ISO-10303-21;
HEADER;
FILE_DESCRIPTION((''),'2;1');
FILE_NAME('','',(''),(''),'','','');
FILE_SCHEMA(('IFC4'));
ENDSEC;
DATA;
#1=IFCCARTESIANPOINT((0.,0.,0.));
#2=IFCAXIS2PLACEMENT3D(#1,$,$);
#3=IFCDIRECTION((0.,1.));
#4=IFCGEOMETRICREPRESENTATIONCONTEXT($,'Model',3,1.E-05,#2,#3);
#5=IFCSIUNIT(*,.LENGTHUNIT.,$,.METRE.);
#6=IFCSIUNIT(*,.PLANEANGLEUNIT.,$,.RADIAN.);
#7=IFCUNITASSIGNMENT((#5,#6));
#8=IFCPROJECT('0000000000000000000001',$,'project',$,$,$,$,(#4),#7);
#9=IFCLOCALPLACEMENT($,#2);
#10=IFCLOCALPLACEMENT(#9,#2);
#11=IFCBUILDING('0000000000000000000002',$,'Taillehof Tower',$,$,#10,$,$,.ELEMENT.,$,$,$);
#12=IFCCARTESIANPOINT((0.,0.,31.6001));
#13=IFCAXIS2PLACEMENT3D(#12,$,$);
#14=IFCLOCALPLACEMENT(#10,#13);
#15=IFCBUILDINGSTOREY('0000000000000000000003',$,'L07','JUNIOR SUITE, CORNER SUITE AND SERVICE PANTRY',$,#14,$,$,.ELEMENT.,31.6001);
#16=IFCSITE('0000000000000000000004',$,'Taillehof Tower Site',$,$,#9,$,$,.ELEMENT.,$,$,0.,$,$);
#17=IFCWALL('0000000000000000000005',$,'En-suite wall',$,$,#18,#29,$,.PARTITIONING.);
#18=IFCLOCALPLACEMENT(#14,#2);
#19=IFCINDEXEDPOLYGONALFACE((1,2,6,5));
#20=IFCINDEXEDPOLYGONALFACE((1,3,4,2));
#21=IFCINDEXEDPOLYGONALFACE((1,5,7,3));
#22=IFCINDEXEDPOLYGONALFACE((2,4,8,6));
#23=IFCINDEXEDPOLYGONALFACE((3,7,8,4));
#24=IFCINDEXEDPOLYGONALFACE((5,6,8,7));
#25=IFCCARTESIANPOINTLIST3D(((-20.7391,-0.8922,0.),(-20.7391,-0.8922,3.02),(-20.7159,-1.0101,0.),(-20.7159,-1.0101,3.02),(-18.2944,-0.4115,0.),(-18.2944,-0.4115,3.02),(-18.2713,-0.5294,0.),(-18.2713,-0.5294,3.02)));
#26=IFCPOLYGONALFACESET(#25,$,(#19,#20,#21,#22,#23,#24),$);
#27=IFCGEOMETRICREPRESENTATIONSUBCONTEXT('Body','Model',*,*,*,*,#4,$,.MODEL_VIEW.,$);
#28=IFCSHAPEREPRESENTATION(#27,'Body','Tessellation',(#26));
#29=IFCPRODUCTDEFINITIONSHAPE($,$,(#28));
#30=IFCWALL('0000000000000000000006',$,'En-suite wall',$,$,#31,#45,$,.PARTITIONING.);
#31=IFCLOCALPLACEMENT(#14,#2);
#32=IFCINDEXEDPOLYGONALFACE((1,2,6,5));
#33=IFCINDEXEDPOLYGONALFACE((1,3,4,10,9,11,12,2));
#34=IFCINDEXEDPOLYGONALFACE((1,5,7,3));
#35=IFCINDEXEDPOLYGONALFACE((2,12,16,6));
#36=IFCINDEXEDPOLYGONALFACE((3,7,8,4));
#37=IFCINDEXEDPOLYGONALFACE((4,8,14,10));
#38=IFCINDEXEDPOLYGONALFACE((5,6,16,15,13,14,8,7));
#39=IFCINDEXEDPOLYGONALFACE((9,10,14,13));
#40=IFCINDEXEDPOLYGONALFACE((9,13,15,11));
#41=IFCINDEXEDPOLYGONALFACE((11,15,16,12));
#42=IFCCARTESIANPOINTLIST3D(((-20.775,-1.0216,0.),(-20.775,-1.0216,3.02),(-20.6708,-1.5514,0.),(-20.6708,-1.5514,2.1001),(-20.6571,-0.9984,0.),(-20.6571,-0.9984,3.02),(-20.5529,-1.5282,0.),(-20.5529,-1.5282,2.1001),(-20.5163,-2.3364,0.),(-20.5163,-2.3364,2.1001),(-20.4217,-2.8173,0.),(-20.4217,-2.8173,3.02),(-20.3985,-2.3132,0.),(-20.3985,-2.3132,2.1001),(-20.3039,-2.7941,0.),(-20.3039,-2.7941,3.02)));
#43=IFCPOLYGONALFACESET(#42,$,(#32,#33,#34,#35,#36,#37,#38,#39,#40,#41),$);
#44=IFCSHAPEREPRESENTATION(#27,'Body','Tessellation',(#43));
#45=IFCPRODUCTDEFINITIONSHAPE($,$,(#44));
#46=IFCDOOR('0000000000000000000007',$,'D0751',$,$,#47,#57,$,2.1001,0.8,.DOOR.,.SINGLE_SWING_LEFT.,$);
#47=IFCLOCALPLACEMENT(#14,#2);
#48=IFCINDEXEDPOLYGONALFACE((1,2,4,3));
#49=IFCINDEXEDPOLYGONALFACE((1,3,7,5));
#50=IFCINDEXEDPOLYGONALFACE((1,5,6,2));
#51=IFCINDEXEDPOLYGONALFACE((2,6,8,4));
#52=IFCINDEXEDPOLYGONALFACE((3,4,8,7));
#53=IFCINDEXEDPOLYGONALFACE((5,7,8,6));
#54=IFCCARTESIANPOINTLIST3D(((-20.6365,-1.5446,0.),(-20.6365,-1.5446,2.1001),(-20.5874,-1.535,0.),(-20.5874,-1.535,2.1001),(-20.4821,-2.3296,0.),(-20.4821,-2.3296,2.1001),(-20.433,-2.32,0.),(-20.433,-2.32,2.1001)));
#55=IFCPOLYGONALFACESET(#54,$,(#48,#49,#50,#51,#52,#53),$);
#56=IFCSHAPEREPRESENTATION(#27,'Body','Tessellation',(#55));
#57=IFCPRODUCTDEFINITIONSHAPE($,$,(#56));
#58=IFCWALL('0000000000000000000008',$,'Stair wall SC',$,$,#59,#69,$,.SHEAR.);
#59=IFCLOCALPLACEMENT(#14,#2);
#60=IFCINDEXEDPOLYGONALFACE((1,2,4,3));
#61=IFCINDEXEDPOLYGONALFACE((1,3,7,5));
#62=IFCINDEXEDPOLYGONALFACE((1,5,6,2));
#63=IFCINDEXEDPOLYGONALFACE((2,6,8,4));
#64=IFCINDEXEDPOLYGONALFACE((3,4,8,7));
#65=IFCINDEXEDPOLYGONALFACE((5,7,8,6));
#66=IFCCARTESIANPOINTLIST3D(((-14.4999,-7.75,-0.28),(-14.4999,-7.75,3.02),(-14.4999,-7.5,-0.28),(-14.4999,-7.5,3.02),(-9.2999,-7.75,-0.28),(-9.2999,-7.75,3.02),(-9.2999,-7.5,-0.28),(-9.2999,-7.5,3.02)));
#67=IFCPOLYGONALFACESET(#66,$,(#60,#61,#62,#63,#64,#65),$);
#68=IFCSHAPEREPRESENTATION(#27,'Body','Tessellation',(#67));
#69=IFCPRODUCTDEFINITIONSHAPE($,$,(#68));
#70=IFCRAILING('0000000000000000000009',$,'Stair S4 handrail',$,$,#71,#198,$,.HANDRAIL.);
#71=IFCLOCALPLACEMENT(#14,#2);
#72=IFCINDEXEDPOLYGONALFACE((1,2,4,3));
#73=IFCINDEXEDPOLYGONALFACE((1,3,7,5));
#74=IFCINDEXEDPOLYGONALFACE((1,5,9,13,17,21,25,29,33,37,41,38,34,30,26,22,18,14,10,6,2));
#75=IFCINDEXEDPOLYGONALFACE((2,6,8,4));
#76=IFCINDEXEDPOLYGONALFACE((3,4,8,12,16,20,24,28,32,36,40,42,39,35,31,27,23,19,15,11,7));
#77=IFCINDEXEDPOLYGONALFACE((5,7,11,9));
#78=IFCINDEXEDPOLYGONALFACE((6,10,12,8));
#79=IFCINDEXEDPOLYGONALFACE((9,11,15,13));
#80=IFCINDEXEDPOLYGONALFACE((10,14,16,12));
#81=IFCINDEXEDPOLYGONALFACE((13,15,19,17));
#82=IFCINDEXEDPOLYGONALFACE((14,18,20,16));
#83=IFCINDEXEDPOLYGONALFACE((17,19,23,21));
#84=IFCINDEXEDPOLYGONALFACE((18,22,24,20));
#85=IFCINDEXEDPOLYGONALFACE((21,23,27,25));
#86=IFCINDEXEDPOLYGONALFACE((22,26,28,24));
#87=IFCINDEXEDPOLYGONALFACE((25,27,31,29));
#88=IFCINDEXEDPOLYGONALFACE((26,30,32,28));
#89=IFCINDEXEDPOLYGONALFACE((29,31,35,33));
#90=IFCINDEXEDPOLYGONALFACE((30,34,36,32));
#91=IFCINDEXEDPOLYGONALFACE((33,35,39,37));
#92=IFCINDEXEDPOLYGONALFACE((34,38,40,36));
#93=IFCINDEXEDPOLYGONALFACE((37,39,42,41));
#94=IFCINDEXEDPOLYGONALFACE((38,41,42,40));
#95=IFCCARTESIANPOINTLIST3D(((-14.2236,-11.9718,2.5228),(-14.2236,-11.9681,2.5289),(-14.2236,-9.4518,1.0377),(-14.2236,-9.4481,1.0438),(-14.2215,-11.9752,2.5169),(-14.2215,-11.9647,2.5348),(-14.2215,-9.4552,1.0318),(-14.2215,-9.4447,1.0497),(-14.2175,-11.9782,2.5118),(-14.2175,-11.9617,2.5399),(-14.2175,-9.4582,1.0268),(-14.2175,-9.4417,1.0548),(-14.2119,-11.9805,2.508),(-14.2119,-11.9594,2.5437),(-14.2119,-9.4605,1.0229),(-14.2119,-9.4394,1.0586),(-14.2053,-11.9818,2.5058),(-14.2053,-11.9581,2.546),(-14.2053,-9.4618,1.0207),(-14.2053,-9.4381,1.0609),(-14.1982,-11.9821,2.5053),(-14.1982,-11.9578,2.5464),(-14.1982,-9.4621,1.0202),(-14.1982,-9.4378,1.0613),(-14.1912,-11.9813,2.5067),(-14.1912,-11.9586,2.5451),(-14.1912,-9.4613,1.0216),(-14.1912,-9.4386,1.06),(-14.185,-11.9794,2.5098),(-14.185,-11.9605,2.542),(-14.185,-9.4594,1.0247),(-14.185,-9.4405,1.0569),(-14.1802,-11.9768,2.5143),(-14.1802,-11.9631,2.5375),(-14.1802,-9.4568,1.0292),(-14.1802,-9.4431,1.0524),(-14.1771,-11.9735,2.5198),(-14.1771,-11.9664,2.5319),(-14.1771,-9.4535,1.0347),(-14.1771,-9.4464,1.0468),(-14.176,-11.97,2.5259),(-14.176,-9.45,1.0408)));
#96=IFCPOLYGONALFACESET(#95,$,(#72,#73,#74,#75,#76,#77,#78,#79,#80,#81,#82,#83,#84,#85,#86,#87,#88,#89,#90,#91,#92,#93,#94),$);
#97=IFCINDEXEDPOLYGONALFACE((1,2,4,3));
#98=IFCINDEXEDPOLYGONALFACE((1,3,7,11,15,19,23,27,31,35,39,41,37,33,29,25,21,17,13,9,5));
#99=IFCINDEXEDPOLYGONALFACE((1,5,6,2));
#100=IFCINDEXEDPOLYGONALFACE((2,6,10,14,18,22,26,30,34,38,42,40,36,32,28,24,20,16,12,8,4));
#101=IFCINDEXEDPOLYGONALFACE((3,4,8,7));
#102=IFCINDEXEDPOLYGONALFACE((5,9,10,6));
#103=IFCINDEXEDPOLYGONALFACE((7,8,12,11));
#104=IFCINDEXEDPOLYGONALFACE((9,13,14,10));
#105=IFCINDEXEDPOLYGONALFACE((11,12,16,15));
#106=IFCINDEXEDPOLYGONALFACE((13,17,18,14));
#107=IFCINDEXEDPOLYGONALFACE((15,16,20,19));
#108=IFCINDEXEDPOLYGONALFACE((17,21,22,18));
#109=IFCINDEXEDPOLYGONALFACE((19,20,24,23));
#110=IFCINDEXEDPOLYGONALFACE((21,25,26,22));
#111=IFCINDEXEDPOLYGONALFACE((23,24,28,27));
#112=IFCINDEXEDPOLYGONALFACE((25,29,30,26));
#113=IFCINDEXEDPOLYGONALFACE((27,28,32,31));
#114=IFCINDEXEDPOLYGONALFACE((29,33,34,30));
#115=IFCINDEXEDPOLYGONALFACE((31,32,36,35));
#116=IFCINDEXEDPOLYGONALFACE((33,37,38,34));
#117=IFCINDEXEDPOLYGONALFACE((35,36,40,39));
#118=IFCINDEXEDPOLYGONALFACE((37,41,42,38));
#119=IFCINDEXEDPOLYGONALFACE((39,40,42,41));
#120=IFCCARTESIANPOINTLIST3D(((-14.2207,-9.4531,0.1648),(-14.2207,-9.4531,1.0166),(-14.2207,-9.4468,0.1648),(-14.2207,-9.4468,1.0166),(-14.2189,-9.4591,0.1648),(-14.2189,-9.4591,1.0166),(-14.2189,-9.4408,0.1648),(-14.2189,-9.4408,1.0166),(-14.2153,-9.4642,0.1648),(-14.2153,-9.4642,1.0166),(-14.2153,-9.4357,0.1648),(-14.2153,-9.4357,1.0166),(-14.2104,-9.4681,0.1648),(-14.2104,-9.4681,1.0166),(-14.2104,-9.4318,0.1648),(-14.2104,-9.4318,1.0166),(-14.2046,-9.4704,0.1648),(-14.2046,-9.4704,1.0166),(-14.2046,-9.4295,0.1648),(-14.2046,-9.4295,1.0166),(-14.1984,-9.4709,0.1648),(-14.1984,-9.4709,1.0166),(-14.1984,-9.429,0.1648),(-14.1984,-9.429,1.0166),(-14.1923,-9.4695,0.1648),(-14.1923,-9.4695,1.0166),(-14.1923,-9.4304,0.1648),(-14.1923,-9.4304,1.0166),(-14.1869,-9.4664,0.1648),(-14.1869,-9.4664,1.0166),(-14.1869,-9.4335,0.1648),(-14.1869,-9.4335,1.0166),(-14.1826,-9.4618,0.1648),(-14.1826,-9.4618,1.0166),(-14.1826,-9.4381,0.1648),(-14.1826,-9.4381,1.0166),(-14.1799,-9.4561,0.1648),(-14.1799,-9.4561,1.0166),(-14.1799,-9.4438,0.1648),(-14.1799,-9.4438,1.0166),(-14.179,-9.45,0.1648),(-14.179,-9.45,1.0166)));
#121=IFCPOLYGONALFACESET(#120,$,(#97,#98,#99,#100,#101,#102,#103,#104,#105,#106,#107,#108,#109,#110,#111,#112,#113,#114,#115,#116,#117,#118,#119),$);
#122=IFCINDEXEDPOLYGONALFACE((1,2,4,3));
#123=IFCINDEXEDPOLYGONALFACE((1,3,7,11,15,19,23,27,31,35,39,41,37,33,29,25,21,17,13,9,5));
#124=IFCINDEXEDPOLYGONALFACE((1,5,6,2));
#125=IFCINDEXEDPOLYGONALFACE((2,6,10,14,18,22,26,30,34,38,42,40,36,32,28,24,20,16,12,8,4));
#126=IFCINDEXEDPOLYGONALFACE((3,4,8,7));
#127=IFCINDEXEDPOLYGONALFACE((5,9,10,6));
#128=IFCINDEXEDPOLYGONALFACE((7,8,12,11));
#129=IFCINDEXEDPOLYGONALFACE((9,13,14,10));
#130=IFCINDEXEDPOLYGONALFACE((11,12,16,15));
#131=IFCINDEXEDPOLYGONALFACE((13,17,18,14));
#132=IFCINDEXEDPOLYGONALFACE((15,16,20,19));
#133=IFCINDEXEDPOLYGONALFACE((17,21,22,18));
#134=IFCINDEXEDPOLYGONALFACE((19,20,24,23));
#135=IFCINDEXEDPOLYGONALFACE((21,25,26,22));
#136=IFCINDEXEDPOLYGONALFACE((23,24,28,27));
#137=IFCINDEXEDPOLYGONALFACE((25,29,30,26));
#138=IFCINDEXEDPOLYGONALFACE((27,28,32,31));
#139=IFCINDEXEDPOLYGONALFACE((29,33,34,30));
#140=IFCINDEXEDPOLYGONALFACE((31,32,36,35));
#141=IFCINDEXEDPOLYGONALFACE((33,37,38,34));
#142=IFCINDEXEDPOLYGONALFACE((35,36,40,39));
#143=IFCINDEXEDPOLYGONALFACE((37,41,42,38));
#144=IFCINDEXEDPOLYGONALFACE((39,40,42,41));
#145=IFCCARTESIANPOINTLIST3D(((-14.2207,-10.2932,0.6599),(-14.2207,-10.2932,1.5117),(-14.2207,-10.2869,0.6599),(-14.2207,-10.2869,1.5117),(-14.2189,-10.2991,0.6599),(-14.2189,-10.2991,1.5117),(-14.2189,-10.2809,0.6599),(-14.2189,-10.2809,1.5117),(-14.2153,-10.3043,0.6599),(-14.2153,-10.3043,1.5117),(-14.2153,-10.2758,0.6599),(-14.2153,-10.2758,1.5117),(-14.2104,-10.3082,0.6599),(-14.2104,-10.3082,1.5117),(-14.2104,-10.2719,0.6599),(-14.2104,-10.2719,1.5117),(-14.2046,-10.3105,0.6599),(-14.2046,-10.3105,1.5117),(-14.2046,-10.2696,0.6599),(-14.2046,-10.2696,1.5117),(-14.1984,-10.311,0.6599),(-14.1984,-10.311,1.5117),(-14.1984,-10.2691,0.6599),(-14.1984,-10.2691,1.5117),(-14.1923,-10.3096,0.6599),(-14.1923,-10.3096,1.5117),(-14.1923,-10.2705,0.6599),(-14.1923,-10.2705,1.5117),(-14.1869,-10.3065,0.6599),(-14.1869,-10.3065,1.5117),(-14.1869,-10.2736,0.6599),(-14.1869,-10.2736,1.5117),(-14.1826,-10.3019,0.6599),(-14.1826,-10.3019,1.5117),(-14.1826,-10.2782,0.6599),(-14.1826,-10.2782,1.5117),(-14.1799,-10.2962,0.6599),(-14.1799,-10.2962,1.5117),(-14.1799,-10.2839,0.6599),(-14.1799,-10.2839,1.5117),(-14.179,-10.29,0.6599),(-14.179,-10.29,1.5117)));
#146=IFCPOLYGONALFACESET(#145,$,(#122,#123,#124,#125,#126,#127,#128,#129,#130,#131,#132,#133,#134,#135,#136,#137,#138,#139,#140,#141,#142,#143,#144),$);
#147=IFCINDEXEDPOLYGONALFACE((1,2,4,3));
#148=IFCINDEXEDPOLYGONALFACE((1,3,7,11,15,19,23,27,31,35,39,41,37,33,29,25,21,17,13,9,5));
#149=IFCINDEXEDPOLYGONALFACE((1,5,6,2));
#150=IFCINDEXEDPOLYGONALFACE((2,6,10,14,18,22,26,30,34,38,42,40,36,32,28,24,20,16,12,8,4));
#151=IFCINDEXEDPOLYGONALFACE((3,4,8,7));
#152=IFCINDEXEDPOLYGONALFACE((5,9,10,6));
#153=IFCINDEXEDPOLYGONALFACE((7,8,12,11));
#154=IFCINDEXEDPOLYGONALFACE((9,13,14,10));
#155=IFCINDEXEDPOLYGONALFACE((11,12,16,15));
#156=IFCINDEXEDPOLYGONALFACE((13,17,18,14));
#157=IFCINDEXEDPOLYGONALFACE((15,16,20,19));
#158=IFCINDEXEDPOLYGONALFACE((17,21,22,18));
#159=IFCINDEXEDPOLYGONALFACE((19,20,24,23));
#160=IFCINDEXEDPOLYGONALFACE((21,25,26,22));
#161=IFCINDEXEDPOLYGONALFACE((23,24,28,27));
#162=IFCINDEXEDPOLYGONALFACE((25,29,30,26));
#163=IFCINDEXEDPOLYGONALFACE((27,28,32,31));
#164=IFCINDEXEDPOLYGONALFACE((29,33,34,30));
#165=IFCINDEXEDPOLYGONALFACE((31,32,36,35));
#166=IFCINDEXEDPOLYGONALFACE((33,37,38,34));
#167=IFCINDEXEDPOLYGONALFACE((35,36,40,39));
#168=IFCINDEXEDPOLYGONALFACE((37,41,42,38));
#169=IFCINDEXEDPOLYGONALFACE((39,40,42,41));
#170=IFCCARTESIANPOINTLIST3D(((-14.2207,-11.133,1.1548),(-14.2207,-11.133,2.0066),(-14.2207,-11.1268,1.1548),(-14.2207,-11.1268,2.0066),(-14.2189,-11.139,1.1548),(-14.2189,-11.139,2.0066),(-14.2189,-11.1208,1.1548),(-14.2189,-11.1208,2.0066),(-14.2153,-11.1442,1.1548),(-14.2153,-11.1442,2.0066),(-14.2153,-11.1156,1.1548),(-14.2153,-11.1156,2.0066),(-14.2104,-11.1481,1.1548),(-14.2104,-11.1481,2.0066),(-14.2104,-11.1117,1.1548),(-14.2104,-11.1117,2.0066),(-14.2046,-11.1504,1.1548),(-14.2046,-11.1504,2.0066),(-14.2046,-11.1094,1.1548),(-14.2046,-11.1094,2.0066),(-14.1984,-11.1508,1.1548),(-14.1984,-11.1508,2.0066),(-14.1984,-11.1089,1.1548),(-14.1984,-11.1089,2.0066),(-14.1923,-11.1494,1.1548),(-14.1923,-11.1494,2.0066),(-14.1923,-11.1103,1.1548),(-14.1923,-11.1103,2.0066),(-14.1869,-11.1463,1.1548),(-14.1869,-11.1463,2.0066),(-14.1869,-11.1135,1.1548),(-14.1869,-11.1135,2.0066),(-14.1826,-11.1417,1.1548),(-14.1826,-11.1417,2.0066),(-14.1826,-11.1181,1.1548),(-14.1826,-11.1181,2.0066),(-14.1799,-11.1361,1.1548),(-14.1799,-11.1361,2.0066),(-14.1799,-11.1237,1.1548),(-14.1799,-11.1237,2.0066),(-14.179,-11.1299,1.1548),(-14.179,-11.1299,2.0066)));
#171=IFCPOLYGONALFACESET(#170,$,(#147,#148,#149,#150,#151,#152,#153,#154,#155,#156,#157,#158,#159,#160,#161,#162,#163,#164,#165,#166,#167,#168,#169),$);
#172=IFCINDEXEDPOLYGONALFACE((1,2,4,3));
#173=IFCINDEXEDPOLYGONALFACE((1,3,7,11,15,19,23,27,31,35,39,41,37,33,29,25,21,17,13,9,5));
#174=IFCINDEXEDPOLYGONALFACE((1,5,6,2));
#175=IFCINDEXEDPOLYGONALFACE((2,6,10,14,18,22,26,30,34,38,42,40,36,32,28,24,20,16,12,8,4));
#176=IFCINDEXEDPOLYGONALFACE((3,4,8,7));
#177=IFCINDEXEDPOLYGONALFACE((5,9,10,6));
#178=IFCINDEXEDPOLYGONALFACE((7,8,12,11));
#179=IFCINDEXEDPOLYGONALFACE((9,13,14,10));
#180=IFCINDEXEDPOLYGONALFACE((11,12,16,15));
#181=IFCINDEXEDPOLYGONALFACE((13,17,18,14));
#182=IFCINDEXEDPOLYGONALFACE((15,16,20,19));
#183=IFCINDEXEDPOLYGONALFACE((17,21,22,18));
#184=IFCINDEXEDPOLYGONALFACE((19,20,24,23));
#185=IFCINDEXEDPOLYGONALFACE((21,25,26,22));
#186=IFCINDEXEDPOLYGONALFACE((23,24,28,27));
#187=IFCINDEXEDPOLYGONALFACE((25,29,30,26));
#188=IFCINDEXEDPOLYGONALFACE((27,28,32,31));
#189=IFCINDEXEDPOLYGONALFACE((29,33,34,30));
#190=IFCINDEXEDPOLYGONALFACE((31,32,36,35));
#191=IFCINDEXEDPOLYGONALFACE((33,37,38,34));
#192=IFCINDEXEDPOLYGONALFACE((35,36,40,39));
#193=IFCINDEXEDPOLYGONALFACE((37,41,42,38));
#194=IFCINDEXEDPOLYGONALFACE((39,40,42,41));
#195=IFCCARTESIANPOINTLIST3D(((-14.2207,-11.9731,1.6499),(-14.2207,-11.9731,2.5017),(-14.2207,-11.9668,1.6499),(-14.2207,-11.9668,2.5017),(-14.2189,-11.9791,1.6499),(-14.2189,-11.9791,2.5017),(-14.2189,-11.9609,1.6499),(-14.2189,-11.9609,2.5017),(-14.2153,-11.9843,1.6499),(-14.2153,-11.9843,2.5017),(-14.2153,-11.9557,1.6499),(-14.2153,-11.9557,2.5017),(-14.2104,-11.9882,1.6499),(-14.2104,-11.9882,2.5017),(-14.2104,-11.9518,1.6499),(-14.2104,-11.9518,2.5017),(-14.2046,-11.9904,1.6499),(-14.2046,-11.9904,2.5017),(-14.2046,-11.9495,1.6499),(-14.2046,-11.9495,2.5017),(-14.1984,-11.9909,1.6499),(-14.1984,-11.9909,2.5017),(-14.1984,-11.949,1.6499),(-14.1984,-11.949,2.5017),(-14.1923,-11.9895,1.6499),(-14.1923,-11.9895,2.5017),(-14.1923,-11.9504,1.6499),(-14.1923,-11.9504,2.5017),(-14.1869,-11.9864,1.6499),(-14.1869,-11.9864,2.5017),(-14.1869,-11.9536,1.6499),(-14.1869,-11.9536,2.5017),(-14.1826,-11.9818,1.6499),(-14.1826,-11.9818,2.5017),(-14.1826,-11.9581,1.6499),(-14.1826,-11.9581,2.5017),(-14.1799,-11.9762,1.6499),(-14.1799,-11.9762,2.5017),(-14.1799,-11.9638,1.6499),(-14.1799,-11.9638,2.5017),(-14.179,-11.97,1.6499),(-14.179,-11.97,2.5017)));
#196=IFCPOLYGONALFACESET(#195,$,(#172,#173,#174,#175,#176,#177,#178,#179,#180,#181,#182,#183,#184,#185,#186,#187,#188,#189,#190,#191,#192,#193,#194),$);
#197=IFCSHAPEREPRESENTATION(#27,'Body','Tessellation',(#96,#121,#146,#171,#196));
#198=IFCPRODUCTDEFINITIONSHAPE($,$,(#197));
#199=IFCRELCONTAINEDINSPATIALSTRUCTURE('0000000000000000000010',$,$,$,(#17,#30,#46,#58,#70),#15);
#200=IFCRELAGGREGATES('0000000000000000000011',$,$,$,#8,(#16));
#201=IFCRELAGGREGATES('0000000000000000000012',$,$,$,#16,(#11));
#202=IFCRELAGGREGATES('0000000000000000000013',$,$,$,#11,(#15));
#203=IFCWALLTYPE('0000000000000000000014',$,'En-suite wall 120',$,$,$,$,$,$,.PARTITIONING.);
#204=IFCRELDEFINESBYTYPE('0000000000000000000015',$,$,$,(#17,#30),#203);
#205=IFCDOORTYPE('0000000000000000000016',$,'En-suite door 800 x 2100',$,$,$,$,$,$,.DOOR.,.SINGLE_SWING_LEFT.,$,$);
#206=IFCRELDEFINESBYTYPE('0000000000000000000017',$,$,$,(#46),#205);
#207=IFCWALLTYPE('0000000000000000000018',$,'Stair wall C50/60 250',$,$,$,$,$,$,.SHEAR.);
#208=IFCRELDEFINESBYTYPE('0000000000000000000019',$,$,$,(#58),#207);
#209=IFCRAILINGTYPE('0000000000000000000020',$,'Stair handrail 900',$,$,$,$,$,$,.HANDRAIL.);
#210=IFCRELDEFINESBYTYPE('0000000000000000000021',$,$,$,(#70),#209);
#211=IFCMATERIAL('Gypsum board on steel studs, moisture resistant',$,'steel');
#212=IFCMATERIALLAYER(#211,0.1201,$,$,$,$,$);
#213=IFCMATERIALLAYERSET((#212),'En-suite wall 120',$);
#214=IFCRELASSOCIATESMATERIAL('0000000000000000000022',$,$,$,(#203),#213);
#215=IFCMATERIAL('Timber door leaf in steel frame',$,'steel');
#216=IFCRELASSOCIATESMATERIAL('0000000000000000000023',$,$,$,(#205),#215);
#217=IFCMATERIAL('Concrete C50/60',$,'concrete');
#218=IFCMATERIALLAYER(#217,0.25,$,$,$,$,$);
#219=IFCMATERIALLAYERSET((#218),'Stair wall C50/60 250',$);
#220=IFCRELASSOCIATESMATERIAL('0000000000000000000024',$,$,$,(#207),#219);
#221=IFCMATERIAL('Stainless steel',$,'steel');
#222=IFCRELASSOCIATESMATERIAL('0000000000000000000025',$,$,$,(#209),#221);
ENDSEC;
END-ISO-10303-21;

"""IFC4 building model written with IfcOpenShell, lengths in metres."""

from ifc_helpers import new_model, si_unit, direction, frame, frame_2d, origin, origin_2d, place, context, subcontext, project, spatial, rectangle, circle, extrude, material, layer, layer_set, type_object, element, fill, save


model = new_model("IFC4")

# Units and contexts
model_context = context("Model", 3, precision=1e-05, world=origin(), true_north=direction((0.0, 1.0)))
body_context = subcontext(model_context, "Body", "Model", "MODEL_VIEW")
ifc_project = project(units=[si_unit("LENGTHUNIT", "METRE"), si_unit("PLANEANGLEUNIT", "RADIAN")], contexts=[model_context])

# Site, building, storey
site_placement = place(None, origin())
site = spatial("IfcSite", under=ifc_project, at=site_placement, Name="Taillehof Tower Site", CompositionType="ELEMENT", RefElevation=0.0)
building_placement = place(site_placement, origin())
building = spatial("IfcBuilding", under=site, at=building_placement, Name="Taillehof Tower", CompositionType="ELEMENT")
storey_placement = place(building_placement, frame((0.0, 0.0, 31.6001)))
storey = spatial("IfcBuildingStorey", under=building, at=storey_placement, Name="L07", Description="JUNIOR SUITE, CORNER SUITE AND SERVICE PANTRY", CompositionType="ELEMENT", Elevation=31.6001)

# Wall
ifc_material_1 = material(Name="Gypsum board on steel studs, moisture resistant", Category="steel")
ifc_layer_1 = layer(ifc_material_1, 0.1201)
ifc_layer_set_1 = layer_set([ifc_layer_1], Name="En-suite wall 120")
wall_type_1 = type_object("IfcWallType", Name="En-suite wall 120", PredefinedType="PARTITIONING", material=ifc_layer_set_1)
wall_1_placement = place(storey_placement, frame((-18.283, -0.4705, 0.0), z_axis=(0.0, 0.0, 1.0), x_axis=(-0.981209, -0.192949, 0.0)))
element("IfcWall", 1, at=wall_1_placement, inside=storey, type_object=wall_type_1, Name="En-suite wall", PredefinedType="PARTITIONING", context=body_context, shape_type="SweptSolid", body=[
    extrude(rectangle(XDim=2.4915, YDim=0.1201, at=frame_2d((1.2456, 0.0))), origin(), (0.0, 0.0, 1.0), 3.02),
])

# Wall, opening, door
wall_2_placement = place(storey_placement, frame((-20.7161, -1.01, 0.0), z_axis=(0.0, 0.0, 1.0), x_axis=(0.193037, -0.981192, 0.0)))
wall_2 = element("IfcWall", 2, at=wall_2_placement, inside=storey, type_object=wall_type_1, Name="En-suite wall", PredefinedType="PARTITIONING", context=body_context, shape_type="SweptSolid", body=[
    extrude(rectangle(XDim=1.8301, YDim=0.1201, at=frame_2d((0.915, 0.0))), origin(), (0.0, 0.0, 1.0), 3.02),
])
opening_1_placement = place(wall_2_placement, frame((0.54, 0.0, 0.0)))
opening_1 = element("IfcOpeningElement", 3, at=opening_1_placement, cuts=wall_2, PredefinedType="OPENING", context=body_context, shape_type="SweptSolid", body=[
    extrude(rectangle(XDim=0.8, YDim=2.1001, at=frame_2d((0.3999, 1.05))), frame((0.0, 0.0701, 0.0), z_axis=(0.0, -1.0, 0.0), x_axis=(1.0, 0.0, 0.0)), (0.0, 0.0, 1.0), 0.1401),
])
ifc_material_2 = material(Name="Timber door leaf in steel frame", Category="steel")
door_type_1 = type_object("IfcDoorType", Name="En-suite door 800 x 2100", OperationType="SINGLE_SWING_LEFT", PredefinedType="DOOR", material=ifc_material_2)
door_1_placement = place(opening_1_placement, origin())
door_1 = element("IfcDoor", 4, at=door_1_placement, inside=storey, type_object=door_type_1, Name="D0751", OperationType="SINGLE_SWING_LEFT", OverallHeight=2.1001, OverallWidth=0.8, PredefinedType="DOOR", context=body_context, shape_type="SweptSolid", body=[
    extrude(rectangle(XDim=0.8, YDim=2.1001, at=frame_2d((0.3999, 1.05))), frame((0.0, 0.0249, 0.0), z_axis=(0.0, -1.0, 0.0), x_axis=(1.0, 0.0, 0.0)), (0.0, 0.0, 1.0), 0.05),
])
fill(opening_1, door_1)

# Wall
ifc_material_3 = material(Name="Concrete C50/60", Category="concrete")
ifc_layer_2 = layer(ifc_material_3, 0.25)
ifc_layer_set_2 = layer_set([ifc_layer_2], Name="Stair wall C50/60 250")
wall_type_2 = type_object("IfcWallType", Name="Stair wall C50/60 250", PredefinedType="SHEAR", material=ifc_layer_set_2)
wall_3_placement = place(storey_placement, frame((-14.5, -7.625, -0.28), z_axis=(0.0, 0.0, 1.0), x_axis=(1.0, 0.0, 0.0)))
element("IfcWall", 5, at=wall_3_placement, inside=storey, type_object=wall_type_2, Name="Stair wall SC", PredefinedType="SHEAR", context=body_context, shape_type="SweptSolid", body=[
    extrude(rectangle(XDim=5.2, YDim=0.25, at=frame_2d((2.6001, 0.0))), origin(), (0.0, 0.0, 1.0), 3.3),
])

# Railing
ifc_material_4 = material(Name="Stainless steel", Category="steel")
railing_type = type_object("IfcRailingType", Name="Stair handrail 900", PredefinedType="HANDRAIL", material=ifc_material_4)
railing_placement = place(storey_placement, frame((-14.2, -9.45, 0.1648)))
element("IfcRailing", 6, at=railing_placement, inside=storey, type_object=railing_type, Name="Stair S4 handrail", PredefinedType="HANDRAIL", context=body_context, shape_type="SweptSolid", body=[
    extrude(circle(Radius=0.0239, at=origin_2d()), frame((0.0, 0.0, 0.876), z_axis=(0.0, -0.861524, 0.507717), x_axis=(1.0, 0.0, 0.0)), (0.0, 0.0, 1.0), 2.925),
    extrude(circle(Radius=0.021, at=origin_2d()), origin(), (0.0, 0.0, 1.0), 0.8518),
    extrude(circle(Radius=0.021, at=origin_2d()), frame((0.0, -0.8401, 0.4951)), (0.0, 0.0, 1.0), 0.8518),
    extrude(circle(Radius=0.021, at=origin_2d()), frame((0.0, -1.6799, 0.99)), (0.0, 0.0, 1.0), 0.8518),
    extrude(circle(Radius=0.021, at=origin_2d()), frame((0.0, -2.52, 1.4851)), (0.0, 0.0, 1.0), 0.8518),
])

save(model, "model.ifc")
